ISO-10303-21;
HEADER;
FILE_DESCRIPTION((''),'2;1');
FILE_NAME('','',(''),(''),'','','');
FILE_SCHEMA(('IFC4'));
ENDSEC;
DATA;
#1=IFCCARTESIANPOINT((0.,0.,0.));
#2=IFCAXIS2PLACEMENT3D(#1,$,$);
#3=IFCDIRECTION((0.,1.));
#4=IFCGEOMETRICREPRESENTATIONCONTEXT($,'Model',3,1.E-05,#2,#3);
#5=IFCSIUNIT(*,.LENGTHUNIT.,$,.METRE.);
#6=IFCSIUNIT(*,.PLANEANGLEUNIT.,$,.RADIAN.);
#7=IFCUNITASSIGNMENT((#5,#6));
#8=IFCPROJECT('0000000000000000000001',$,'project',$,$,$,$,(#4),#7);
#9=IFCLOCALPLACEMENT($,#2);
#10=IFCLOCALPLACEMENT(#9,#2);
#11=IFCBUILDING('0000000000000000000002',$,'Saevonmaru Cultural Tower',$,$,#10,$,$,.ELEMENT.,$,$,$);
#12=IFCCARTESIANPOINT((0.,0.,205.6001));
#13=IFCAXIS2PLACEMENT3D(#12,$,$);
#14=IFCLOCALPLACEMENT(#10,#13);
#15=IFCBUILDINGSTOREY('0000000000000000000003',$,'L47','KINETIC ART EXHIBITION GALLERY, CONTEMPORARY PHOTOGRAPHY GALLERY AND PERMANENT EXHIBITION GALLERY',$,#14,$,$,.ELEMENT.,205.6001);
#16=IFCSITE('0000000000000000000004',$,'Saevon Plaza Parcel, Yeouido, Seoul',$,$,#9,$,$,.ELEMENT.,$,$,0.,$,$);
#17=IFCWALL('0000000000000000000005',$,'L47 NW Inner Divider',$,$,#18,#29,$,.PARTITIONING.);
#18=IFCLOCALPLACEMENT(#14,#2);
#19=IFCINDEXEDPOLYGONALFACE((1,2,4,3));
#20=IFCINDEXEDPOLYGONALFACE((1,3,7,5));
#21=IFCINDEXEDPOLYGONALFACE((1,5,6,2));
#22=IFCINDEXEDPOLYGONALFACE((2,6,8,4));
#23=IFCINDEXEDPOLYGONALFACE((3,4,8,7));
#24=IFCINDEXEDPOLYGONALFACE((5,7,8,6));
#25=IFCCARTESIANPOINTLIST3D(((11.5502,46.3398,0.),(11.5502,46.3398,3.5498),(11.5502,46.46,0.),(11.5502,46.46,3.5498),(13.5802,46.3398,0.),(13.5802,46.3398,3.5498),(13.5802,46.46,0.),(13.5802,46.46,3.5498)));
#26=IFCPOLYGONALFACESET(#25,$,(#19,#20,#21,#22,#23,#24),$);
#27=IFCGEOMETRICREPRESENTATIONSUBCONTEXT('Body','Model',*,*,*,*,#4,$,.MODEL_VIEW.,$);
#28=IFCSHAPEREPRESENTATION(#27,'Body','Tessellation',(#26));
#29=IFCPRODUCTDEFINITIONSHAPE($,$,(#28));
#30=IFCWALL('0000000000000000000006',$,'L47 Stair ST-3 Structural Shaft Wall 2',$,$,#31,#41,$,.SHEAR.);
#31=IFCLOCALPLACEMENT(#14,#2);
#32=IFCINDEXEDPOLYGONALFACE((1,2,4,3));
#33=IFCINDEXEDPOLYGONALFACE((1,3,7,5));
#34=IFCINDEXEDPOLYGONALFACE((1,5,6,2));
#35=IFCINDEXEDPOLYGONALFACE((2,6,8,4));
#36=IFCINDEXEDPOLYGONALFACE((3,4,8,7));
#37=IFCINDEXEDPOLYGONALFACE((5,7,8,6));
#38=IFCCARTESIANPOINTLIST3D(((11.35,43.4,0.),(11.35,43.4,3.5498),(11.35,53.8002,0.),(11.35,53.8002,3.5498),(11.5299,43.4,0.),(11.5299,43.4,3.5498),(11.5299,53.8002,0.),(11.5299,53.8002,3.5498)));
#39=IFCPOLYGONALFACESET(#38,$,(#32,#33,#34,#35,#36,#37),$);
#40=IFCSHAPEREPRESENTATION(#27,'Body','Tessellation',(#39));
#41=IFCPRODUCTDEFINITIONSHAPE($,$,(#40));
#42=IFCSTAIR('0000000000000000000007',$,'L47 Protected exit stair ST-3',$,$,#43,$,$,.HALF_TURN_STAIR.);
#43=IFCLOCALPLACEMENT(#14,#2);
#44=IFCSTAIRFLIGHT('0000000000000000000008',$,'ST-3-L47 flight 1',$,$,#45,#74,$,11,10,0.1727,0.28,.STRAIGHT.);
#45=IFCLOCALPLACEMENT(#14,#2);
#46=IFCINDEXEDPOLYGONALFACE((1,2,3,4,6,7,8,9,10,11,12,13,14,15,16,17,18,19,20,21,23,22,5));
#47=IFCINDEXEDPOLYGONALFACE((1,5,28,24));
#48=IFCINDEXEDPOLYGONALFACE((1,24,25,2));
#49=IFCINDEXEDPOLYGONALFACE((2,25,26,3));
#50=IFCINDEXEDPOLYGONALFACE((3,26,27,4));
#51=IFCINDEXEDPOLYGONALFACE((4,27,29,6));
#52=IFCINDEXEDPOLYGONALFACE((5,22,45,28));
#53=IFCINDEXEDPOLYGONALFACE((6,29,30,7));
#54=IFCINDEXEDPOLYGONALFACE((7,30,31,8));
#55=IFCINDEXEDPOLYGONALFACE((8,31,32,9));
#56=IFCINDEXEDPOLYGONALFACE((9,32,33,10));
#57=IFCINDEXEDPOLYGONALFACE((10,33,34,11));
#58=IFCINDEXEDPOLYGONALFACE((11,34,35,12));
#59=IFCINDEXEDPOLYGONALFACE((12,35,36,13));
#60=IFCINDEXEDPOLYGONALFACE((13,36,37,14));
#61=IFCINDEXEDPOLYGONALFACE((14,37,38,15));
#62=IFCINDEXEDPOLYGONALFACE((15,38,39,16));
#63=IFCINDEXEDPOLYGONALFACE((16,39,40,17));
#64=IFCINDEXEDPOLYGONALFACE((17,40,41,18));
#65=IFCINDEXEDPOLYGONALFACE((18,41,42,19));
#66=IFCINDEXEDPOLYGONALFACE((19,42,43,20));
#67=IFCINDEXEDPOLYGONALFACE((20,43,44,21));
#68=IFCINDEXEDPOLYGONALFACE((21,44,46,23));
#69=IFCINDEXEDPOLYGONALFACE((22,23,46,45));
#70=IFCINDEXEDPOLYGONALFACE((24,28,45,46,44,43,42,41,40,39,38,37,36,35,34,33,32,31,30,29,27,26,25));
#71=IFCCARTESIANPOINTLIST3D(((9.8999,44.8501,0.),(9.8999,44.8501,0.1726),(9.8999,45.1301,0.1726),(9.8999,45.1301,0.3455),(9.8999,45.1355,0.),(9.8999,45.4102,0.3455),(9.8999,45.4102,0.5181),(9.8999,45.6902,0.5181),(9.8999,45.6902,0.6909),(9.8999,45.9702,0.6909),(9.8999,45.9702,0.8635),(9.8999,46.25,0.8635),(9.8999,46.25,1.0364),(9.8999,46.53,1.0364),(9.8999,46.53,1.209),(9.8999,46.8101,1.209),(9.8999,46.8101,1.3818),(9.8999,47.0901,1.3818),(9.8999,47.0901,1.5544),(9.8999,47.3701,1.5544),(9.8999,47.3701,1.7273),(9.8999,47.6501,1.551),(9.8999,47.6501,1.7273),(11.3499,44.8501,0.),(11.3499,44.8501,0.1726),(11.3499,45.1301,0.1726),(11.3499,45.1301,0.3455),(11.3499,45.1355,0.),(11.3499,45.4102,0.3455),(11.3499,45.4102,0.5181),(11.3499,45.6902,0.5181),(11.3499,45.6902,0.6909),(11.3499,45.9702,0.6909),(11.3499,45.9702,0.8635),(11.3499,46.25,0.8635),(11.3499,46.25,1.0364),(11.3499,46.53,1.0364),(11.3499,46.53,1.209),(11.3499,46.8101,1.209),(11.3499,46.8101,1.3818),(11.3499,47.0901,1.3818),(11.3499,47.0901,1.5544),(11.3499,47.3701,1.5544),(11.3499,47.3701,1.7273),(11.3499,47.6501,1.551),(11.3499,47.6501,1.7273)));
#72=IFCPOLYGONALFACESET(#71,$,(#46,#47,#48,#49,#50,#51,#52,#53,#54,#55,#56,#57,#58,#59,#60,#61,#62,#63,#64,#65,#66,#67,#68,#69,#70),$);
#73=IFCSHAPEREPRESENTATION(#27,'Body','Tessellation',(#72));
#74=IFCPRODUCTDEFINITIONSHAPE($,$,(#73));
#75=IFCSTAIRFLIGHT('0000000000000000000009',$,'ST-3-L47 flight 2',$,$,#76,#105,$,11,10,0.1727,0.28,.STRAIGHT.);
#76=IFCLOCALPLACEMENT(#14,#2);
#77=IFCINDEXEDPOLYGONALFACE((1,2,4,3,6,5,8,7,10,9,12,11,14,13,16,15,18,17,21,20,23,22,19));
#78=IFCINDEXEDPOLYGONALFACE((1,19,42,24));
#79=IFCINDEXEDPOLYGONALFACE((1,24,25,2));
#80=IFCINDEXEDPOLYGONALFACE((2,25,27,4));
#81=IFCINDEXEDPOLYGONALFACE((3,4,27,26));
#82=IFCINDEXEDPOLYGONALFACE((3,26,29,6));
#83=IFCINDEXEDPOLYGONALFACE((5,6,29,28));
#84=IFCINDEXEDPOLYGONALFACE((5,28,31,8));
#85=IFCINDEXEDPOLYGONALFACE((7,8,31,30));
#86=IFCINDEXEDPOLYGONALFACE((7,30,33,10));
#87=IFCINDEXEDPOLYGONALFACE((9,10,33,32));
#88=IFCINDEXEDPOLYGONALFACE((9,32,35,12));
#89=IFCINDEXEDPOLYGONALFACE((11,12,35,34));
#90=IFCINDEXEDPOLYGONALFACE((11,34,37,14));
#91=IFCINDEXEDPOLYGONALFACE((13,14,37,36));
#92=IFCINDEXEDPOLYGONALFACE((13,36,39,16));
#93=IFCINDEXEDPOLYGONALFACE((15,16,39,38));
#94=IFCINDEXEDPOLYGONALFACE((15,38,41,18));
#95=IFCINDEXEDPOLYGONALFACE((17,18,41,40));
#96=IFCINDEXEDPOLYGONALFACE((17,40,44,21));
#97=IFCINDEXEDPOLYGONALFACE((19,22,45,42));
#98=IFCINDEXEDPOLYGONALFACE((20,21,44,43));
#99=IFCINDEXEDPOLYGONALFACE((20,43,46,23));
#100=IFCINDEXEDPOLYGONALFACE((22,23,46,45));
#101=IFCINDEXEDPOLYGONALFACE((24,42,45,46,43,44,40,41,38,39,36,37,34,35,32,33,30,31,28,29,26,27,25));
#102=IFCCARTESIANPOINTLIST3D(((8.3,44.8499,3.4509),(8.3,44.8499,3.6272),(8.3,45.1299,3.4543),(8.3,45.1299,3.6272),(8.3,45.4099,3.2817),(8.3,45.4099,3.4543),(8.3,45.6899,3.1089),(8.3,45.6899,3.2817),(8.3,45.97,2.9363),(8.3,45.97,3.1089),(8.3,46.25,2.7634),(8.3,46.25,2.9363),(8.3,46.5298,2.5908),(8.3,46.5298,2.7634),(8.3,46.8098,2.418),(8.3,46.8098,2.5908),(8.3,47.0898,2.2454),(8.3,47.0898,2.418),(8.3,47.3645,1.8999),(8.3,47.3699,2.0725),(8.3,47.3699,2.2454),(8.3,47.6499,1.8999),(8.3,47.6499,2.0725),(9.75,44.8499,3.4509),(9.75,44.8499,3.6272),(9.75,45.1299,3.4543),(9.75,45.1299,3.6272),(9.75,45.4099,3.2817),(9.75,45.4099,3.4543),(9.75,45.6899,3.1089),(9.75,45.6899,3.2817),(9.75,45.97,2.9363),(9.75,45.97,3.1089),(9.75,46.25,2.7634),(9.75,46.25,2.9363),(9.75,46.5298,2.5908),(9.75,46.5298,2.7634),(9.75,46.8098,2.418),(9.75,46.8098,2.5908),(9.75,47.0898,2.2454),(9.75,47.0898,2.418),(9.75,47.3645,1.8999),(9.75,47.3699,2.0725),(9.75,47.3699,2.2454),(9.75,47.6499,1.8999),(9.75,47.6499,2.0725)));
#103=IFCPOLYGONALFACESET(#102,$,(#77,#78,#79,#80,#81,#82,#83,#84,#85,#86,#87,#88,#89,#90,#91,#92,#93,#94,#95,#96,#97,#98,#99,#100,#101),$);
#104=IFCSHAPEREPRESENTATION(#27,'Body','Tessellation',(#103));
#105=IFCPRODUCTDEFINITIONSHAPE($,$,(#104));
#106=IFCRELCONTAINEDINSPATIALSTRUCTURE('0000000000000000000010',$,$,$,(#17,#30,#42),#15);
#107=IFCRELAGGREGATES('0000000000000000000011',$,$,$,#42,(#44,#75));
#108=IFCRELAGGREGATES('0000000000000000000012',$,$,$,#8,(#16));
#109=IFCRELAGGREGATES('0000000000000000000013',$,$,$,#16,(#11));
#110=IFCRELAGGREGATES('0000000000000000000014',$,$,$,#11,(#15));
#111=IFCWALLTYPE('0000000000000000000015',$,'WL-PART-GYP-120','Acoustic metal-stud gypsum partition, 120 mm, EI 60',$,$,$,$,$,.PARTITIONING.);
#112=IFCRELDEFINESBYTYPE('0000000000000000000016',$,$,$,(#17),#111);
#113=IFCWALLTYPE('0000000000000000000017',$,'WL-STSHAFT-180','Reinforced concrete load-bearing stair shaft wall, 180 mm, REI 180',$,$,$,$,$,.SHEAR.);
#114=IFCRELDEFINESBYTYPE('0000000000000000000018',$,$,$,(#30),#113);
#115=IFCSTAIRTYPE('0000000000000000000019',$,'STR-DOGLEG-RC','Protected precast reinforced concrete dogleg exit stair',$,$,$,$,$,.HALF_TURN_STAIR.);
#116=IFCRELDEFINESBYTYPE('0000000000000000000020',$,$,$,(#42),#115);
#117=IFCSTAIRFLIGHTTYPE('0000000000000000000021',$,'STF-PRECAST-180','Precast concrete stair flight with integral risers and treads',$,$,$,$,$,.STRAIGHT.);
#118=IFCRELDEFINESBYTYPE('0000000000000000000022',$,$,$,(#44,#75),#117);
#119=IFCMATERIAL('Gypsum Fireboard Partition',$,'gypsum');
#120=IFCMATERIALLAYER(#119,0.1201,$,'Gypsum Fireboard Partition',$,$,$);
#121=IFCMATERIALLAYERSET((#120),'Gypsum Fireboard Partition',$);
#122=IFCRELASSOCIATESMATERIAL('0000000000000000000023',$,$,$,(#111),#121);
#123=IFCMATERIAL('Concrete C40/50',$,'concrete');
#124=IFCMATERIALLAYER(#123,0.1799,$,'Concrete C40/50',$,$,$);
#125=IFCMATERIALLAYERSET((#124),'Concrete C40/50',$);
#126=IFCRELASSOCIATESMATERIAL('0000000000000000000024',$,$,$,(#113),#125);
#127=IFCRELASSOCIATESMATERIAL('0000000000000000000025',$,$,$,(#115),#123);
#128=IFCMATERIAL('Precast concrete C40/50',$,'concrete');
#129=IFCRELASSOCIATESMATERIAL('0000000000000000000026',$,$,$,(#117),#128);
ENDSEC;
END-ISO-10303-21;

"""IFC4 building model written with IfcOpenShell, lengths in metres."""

from ifc_helpers import new_model, si_unit, direction, frame, frame_2d, origin, place, context, subcontext, project, spatial, polyline, rectangle, outline, extrude, material, layer, layer_set, type_object, element, aggregate, save


model = new_model("IFC4")

# Units and contexts
model_context = context("Model", 3, precision=1e-05, world=origin(), true_north=direction((0.0, 1.0)))
body_context = subcontext(model_context, "Body", "Model", "MODEL_VIEW")
ifc_project = project(units=[si_unit("LENGTHUNIT", "METRE"), si_unit("PLANEANGLEUNIT", "RADIAN")], contexts=[model_context])

# Site, building, storey
site_placement = place(None, origin())
site = spatial("IfcSite", under=ifc_project, at=site_placement, Name="Saevon Plaza Parcel, Yeouido, Seoul", CompositionType="ELEMENT", RefElevation=0.0)
building_placement = place(site_placement, origin())
building = spatial("IfcBuilding", under=site, at=building_placement, Name="Saevonmaru Cultural Tower", CompositionType="ELEMENT")
storey_placement = place(building_placement, frame((0.0, 0.0, 205.6001)))
storey = spatial("IfcBuildingStorey", under=building, at=storey_placement, Name="L47", Description="KINETIC ART EXHIBITION GALLERY, CONTEMPORARY PHOTOGRAPHY GALLERY AND PERMANENT EXHIBITION GALLERY", CompositionType="ELEMENT", Elevation=205.6001)

# Wall
ifc_material_1 = material(Name="Gypsum Fireboard Partition", Category="gypsum")
ifc_layer_1 = layer(ifc_material_1, 0.1201, Name="Gypsum Fireboard Partition")
ifc_layer_set_1 = layer_set([ifc_layer_1], Name="Gypsum Fireboard Partition")
wall_type_1 = type_object("IfcWallType", Name="WL-PART-GYP-120", Description="Acoustic metal-stud gypsum partition, 120 mm, EI 60", PredefinedType="PARTITIONING", material=ifc_layer_set_1)
wall_1_placement = place(storey_placement, frame((11.55, 46.3999, 0.0), z_axis=(0.0, 0.0, 1.0), x_axis=(1.0, 0.0, 0.0)))
element("IfcWall", 1, at=wall_1_placement, inside=storey, type_object=wall_type_1, Name="L47 NW Inner Divider", PredefinedType="PARTITIONING", context=body_context, shape_type="SweptSolid", body=[
    extrude(rectangle(XDim=2.03, YDim=0.1201, at=frame_2d((1.0151, 0.0))), origin(), (0.0, 0.0, 1.0), 3.5498),
])

# Shared definitions
ifc_material_2 = material(Name="Concrete C40/50", Category="concrete")
ifc_layer_2 = layer(ifc_material_2, 0.1799, Name="Concrete C40/50")
ifc_layer_set_2 = layer_set([ifc_layer_2], Name="Concrete C40/50")
wall_type_2 = type_object("IfcWallType", Name="WL-STSHAFT-180", Description="Reinforced concrete load-bearing stair shaft wall, 180 mm, REI 180", PredefinedType="SHEAR", material=ifc_layer_set_2)

# Wall
wall_2_placement = place(storey_placement, frame((11.4399, 43.3999, 0.0), z_axis=(0.0, 0.0, 1.0), x_axis=(0.0, 1.0, 0.0)))
element("IfcWall", 2, at=wall_2_placement, inside=storey, type_object=wall_type_2, Name="L47 Stair ST-3 Structural Shaft Wall 2", PredefinedType="SHEAR", context=body_context, shape_type="SweptSolid", body=[
    extrude(rectangle(XDim=10.4001, YDim=0.1799, at=frame_2d((5.2002, 0.0))), origin(), (0.0, 0.0, 1.0), 3.5498),
])

# Stair, stair flights
stair_type = type_object("IfcStairType", Name="STR-DOGLEG-RC", Description="Protected precast reinforced concrete dogleg exit stair", PredefinedType="HALF_TURN_STAIR", material=ifc_material_2)
stair_placement = place(storey_placement, origin())
stair = element("IfcStair", 3, at=stair_placement, inside=storey, type_object=stair_type, Name="L47 Protected exit stair ST-3", PredefinedType="HALF_TURN_STAIR")
ifc_material_3 = material(Name="Precast concrete C40/50", Category="concrete")
stair_flight_type = type_object("IfcStairFlightType", Name="STF-PRECAST-180", Description="Precast concrete stair flight with integral risers and treads", PredefinedType="STRAIGHT", material=ifc_material_3)
stair_flight_1_placement = place(storey_placement, frame((10.625, 44.8501, 0.0), z_axis=(0.0, 0.0, 1.0), x_axis=(0.0, 1.0, 0.0)))
stair_flight_1 = element("IfcStairFlight", 4, at=stair_flight_1_placement, type_object=stair_flight_type, Name="ST-3-L47 flight 1", NumberOfRisers=11, NumberOfTreads=10, PredefinedType="STRAIGHT", RiserHeight=0.1727, TreadLength=0.28, context=body_context, shape_type="SweptSolid", body=[
    extrude(outline(polyline([(0.0, 0.0), (0.0, 0.1726), (0.28, 0.1726), (0.28, 0.3455), (0.5601, 0.3455), (0.5601, 0.5181), (0.8401, 0.5181), (0.8401, 0.6909), (1.1201, 0.6909), (1.1201, 0.8635), (1.3999, 0.8635), (1.3999, 1.0364), (1.6799, 1.0364), (1.6799, 1.209), (1.96, 1.209), (1.96, 1.3818), (2.24, 1.3818), (2.24, 1.5544), (2.52, 1.5544), (2.52, 1.7273), (2.8, 1.7273), (2.8, 1.8999), (2.8, 1.551), (0.2854, 0.0), (0.0, 0.0)])), frame((0.0, 0.7251, 0.0), z_axis=(0.0, -1.0, 0.0), x_axis=(1.0, 0.0, 0.0)), (0.0, 0.0, 1.0), 1.45),
])
stair_flight_2_placement = place(storey_placement, frame((9.0249, 47.6499, 1.8999), z_axis=(0.0, 0.0, 1.0), x_axis=(0.0, -1.0, 0.0)))
stair_flight_2 = element("IfcStairFlight", 5, at=stair_flight_2_placement, type_object=stair_flight_type, Name="ST-3-L47 flight 2", NumberOfRisers=11, NumberOfTreads=10, PredefinedType="STRAIGHT", RiserHeight=0.1727, TreadLength=0.28, context=body_context, shape_type="SweptSolid", body=[
    extrude(outline(polyline([(0.0, 0.0), (0.0, 0.1726), (0.28, 0.1726), (0.28, 0.3455), (0.5601, 0.3455), (0.5601, 0.5181), (0.8401, 0.5181), (0.8401, 0.6909), (1.1201, 0.6909), (1.1201, 0.8635), (1.3999, 0.8635), (1.3999, 1.0364), (1.6799, 1.0364), (1.6799, 1.209), (1.96, 1.209), (1.96, 1.3818), (2.24, 1.3818), (2.24, 1.5544), (2.52, 1.5544), (2.52, 1.7273), (2.8, 1.7273), (2.8, 1.8999), (2.8, 1.551), (0.2854, 0.0), (0.0, 0.0)])), frame((0.0, 0.7251, 0.0), z_axis=(0.0, -1.0, 0.0), x_axis=(1.0, 0.0, 0.0)), (0.0, 0.0, 1.0), 1.45),
])
aggregate(stair, [stair_flight_1, stair_flight_2])

save(model, "model.ifc")
